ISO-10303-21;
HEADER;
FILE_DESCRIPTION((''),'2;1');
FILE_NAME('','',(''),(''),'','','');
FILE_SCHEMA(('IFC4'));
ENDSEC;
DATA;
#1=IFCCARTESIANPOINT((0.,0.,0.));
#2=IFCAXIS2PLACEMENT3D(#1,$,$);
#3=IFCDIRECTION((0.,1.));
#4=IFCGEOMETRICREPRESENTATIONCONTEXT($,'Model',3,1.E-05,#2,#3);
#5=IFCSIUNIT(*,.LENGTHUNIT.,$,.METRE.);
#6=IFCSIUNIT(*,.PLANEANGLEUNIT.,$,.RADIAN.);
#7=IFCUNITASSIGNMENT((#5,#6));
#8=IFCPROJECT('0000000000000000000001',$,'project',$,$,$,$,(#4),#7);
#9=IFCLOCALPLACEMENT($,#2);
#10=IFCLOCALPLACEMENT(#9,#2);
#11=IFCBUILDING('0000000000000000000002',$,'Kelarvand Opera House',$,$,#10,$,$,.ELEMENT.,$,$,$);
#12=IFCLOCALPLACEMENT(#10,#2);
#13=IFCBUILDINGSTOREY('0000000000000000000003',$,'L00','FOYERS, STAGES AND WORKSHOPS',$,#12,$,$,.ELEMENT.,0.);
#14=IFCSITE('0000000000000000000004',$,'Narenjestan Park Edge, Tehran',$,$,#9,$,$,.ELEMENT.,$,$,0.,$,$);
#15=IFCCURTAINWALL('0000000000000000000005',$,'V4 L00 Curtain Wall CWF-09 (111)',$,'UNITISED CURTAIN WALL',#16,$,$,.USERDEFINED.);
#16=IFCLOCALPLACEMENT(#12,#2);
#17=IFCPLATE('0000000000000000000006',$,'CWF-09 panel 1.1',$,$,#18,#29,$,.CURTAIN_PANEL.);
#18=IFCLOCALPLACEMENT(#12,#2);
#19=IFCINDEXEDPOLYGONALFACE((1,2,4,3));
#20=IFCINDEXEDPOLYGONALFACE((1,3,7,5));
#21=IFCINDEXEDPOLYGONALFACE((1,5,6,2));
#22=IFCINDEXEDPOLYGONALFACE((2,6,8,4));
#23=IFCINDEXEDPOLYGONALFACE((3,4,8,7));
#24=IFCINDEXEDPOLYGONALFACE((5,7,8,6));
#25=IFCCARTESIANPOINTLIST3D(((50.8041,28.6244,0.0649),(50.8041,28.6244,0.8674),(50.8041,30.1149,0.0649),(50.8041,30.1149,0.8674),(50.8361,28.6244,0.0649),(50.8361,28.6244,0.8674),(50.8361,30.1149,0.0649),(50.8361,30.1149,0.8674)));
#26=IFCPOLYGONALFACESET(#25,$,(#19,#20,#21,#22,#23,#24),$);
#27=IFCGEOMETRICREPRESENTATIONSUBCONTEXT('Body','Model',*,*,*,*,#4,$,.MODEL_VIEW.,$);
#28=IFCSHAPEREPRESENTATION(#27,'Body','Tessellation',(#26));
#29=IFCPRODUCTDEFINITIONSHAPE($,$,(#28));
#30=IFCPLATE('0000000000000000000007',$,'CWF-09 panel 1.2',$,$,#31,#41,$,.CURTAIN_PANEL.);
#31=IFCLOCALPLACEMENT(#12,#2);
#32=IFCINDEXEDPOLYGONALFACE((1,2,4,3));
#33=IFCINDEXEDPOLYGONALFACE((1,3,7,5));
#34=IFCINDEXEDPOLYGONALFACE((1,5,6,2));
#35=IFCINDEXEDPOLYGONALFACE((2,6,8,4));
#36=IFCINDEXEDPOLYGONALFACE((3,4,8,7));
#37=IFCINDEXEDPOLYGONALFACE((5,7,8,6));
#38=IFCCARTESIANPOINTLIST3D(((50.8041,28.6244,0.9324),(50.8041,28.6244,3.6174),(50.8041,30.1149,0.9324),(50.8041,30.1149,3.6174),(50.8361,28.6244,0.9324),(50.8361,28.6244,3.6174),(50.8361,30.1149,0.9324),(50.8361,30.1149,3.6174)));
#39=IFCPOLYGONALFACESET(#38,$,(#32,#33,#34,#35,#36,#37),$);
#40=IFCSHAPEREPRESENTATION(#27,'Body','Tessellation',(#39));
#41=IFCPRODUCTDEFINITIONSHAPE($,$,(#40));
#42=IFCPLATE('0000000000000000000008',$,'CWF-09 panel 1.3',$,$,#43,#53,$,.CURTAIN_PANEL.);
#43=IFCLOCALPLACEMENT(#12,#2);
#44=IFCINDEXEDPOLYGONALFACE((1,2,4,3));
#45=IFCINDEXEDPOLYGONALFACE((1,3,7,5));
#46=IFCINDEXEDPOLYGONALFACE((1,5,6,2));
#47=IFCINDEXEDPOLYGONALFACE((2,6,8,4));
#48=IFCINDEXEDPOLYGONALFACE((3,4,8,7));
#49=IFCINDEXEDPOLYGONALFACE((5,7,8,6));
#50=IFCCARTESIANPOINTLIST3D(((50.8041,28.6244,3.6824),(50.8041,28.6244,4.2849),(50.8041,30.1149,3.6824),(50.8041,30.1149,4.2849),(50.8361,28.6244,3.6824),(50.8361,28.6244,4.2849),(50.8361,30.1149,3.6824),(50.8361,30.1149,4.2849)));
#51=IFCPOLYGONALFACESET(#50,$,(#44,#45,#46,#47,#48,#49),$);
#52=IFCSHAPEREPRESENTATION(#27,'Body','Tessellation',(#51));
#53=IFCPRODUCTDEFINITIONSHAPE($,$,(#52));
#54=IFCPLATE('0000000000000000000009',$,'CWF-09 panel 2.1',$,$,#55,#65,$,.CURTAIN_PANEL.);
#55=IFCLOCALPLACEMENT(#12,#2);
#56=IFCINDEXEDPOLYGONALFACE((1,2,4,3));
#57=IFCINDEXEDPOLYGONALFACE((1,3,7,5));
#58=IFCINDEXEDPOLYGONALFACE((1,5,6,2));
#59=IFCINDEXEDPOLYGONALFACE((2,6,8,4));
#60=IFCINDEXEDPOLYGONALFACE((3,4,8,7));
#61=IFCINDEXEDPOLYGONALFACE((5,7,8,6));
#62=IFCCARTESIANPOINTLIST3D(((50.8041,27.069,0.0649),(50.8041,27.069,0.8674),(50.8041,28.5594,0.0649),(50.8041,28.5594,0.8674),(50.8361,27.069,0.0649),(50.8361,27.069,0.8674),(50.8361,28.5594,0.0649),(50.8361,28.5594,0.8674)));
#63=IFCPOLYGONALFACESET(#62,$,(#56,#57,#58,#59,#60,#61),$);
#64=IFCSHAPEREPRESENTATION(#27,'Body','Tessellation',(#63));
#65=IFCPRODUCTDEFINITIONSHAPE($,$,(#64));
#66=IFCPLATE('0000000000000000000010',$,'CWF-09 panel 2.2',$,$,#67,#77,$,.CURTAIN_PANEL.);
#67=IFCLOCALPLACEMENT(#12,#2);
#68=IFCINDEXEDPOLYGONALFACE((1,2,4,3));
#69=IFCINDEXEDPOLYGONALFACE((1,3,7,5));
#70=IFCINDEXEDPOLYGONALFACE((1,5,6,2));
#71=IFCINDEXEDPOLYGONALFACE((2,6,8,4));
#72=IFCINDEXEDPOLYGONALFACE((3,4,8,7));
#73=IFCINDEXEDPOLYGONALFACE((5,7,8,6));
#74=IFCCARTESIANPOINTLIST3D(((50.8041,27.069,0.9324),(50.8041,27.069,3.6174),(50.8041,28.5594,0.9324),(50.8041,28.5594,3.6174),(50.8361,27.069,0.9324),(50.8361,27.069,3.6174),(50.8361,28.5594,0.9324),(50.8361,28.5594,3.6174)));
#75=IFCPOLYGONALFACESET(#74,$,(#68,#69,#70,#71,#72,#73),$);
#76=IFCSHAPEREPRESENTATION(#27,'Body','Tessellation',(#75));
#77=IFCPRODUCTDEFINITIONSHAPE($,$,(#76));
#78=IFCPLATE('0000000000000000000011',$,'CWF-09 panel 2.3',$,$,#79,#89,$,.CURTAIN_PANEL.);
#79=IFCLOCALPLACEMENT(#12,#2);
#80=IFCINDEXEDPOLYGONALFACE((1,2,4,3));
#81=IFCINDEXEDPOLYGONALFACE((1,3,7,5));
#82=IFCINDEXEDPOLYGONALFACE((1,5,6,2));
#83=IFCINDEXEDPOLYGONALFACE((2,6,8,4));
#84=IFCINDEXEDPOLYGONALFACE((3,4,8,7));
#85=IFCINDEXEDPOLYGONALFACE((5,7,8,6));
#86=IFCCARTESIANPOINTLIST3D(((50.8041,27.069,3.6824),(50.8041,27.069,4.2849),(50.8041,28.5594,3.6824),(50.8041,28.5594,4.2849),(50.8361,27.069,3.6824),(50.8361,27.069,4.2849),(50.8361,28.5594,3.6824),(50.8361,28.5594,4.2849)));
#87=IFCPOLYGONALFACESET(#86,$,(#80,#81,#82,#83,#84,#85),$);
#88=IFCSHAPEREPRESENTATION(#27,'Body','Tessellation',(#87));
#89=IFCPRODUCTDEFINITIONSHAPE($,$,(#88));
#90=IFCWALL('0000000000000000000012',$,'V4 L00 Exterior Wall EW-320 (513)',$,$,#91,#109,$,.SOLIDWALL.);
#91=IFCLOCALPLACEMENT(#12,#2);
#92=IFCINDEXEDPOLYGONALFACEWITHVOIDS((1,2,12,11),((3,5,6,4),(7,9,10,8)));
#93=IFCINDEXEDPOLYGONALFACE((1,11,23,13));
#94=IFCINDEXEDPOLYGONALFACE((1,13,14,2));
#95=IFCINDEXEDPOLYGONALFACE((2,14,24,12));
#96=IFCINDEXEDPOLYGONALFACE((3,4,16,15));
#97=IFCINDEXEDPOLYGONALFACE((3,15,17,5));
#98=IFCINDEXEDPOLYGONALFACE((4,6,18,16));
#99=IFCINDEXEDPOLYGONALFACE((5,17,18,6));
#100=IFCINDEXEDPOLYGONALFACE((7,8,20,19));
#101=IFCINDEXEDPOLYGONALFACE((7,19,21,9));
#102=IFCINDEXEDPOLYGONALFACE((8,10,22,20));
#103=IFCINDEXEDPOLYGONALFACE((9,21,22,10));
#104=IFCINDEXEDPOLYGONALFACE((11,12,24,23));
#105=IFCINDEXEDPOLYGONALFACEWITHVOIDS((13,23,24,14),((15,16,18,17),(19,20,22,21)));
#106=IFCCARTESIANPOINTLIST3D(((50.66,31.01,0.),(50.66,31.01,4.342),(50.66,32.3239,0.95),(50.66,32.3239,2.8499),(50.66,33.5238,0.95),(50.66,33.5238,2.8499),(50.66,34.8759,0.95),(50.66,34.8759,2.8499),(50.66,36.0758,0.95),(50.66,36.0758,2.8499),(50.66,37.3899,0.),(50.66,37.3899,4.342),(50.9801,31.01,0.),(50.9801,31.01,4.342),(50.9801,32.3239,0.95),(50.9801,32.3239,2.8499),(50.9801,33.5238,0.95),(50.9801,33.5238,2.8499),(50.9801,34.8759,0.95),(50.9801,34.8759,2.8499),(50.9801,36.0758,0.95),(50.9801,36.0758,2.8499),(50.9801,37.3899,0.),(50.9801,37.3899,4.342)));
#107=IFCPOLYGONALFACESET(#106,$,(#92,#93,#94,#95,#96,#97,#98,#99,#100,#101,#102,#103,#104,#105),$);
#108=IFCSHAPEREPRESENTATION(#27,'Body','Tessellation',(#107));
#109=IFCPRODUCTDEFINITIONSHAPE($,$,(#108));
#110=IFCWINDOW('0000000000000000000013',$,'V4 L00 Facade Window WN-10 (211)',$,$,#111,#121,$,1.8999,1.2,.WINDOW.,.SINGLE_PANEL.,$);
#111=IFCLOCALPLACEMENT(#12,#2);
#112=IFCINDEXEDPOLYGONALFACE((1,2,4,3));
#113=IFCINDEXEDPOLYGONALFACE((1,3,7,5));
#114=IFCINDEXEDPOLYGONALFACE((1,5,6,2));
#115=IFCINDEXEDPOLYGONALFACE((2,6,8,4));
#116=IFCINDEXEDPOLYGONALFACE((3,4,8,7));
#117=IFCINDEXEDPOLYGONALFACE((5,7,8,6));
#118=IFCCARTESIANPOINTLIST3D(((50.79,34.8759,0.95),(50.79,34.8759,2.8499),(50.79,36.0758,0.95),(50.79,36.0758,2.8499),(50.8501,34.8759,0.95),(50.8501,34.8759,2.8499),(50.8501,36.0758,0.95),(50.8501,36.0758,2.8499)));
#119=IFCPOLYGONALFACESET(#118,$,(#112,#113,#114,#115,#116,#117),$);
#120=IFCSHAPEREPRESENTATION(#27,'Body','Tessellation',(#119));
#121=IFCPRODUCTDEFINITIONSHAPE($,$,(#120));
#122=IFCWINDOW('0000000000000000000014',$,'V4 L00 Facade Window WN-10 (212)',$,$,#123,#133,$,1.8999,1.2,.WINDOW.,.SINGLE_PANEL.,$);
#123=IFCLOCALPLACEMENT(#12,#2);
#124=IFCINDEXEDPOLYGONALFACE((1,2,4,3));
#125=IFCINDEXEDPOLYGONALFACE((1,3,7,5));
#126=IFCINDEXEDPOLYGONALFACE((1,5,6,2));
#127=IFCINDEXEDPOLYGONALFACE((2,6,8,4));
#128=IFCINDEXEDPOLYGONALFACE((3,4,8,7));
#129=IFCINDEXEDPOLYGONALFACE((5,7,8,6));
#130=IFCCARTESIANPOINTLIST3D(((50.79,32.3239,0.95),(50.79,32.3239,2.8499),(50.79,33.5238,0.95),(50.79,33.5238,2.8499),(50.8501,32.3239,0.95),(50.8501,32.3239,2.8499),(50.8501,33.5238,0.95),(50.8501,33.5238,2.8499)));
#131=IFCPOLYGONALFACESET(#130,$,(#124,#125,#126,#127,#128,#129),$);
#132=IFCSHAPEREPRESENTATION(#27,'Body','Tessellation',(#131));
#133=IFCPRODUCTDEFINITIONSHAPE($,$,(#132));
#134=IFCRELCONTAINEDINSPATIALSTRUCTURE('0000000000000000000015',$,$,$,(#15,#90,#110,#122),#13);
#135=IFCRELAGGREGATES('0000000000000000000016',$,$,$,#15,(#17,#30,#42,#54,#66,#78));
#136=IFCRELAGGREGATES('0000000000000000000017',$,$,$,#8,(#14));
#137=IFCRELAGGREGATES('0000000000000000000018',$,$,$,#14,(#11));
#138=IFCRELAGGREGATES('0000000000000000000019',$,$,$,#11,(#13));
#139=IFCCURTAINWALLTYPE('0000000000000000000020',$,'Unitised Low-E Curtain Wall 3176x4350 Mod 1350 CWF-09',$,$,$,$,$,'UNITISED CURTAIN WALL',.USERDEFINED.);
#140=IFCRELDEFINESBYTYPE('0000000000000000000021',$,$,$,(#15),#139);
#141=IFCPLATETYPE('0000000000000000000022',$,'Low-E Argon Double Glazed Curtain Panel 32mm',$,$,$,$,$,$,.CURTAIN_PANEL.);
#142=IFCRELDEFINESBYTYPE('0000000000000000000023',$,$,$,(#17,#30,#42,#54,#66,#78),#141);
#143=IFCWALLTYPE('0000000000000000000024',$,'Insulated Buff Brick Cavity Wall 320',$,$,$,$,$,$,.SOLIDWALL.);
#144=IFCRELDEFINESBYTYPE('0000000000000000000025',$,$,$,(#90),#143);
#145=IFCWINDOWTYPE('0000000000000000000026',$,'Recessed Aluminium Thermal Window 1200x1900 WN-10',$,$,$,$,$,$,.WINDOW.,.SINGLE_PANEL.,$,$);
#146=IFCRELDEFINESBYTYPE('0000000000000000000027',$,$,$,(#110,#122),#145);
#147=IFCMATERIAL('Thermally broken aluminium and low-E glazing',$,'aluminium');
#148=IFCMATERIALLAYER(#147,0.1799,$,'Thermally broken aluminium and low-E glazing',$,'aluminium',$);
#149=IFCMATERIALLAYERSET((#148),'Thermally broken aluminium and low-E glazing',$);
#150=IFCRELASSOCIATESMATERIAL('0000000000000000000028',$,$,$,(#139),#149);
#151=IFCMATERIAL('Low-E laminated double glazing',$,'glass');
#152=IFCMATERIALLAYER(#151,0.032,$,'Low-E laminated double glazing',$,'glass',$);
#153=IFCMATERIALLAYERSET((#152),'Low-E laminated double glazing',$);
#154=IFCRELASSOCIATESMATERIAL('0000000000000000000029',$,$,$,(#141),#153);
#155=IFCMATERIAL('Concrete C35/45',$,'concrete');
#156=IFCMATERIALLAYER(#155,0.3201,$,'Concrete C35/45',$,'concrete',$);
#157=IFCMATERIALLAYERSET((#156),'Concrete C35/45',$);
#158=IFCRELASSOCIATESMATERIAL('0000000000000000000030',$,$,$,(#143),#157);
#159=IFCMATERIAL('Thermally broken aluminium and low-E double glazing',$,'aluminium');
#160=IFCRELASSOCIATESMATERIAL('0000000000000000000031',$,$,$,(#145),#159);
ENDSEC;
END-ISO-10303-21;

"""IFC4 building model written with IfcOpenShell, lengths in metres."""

from ifc_helpers import new_model, si_unit, direction, frame, frame_2d, origin, origin_2d, place, context, subcontext, project, spatial, rectangle, extrude, material, layer, layer_set, type_object, element, fill, aggregate, save


model = new_model("IFC4")

# Units and contexts
model_context = context("Model", 3, precision=1e-05, world=origin(), true_north=direction((0.0, 1.0)))
body_context = subcontext(model_context, "Body", "Model", "MODEL_VIEW")
ifc_project = project(units=[si_unit("LENGTHUNIT", "METRE"), si_unit("PLANEANGLEUNIT", "RADIAN")], contexts=[model_context])

# Site, building, storey
site_placement = place(None, origin())
site = spatial("IfcSite", under=ifc_project, at=site_placement, Name="Narenjestan Park Edge, Tehran", CompositionType="ELEMENT", RefElevation=0.0)
building_placement = place(site_placement, origin())
building = spatial("IfcBuilding", under=site, at=building_placement, Name="Kelarvand Opera House", CompositionType="ELEMENT")
storey_placement = place(building_placement, origin())
storey = spatial("IfcBuildingStorey", under=building, at=storey_placement, Name="L00", Description="FOYERS, STAGES AND WORKSHOPS", CompositionType="ELEMENT", Elevation=0.0)

# Curtain wall
ifc_material_1 = material(Name="Thermally broken aluminium and low-E glazing", Category="aluminium")
ifc_layer_1 = layer(ifc_material_1, 0.1799, Name="Thermally broken aluminium and low-E glazing", Category="aluminium")
ifc_layer_set_1 = layer_set([ifc_layer_1], Name="Thermally broken aluminium and low-E glazing")
curtain_wall_type = type_object("IfcCurtainWallType", Name="Unitised Low-E Curtain Wall 3176x4350 Mod 1350 CWF-09", ElementType="UNITISED CURTAIN WALL", PredefinedType="USERDEFINED", material=ifc_layer_set_1)
curtain_wall_1_placement = place(storey_placement, origin())
curtain_wall_1 = element("IfcCurtainWall", 1, at=curtain_wall_1_placement, inside=storey, type_object=curtain_wall_type, Name="V4 L00 Curtain Wall CWF-09 (111)", ObjectType="UNITISED CURTAIN WALL", PredefinedType="USERDEFINED")

# Plates
ifc_material_2 = material(Name="Low-E laminated double glazing", Category="glass")
ifc_layer_2 = layer(ifc_material_2, 0.032, Name="Low-E laminated double glazing", Category="glass")
ifc_layer_set_2 = layer_set([ifc_layer_2], Name="Low-E laminated double glazing")
plate_type = type_object("IfcPlateType", Name="Low-E Argon Double Glazed Curtain Panel 32mm", PredefinedType="CURTAIN_PANEL", material=ifc_layer_set_2)
plate_1_placement = place(storey_placement, frame((50.8201, 29.3696, 0.0649), z_axis=(0.0, 0.0, 1.0), x_axis=(0.0, -1.0, 0.0)))
plate_1 = element("IfcPlate", 2, at=plate_1_placement, type_object=plate_type, Name="CWF-09 panel 1.1", PredefinedType="CURTAIN_PANEL", context=body_context, shape_type="SweptSolid", body=[
    extrude(rectangle(XDim=1.4905, YDim=0.032, at=origin_2d()), origin(), (0.0, 0.0, 1.0), 0.8025),
])
plate_2_placement = place(storey_placement, frame((50.8201, 29.3696, 0.9324), z_axis=(0.0, 0.0, 1.0), x_axis=(0.0, -1.0, 0.0)))
plate_2 = element("IfcPlate", 3, at=plate_2_placement, type_object=plate_type, Name="CWF-09 panel 1.2", PredefinedType="CURTAIN_PANEL", context=body_context, shape_type="SweptSolid", body=[
    extrude(rectangle(XDim=1.4905, YDim=0.032, at=origin_2d()), origin(), (0.0, 0.0, 1.0), 2.6851),
])
plate_3_placement = place(storey_placement, frame((50.8201, 29.3696, 3.6824), z_axis=(0.0, 0.0, 1.0), x_axis=(0.0, -1.0, 0.0)))
plate_3 = element("IfcPlate", 4, at=plate_3_placement, type_object=plate_type, Name="CWF-09 panel 1.3", PredefinedType="CURTAIN_PANEL", context=body_context, shape_type="SweptSolid", body=[
    extrude(rectangle(XDim=1.4905, YDim=0.032, at=origin_2d()), origin(), (0.0, 0.0, 1.0), 0.6025),
])
plate_4_placement = place(storey_placement, frame((50.8201, 27.8142, 0.0649), z_axis=(0.0, 0.0, 1.0), x_axis=(0.0, -1.0, 0.0)))
plate_4 = element("IfcPlate", 5, at=plate_4_placement, type_object=plate_type, Name="CWF-09 panel 2.1", PredefinedType="CURTAIN_PANEL", context=body_context, shape_type="SweptSolid", body=[
    extrude(rectangle(XDim=1.4905, YDim=0.032, at=origin_2d()), origin(), (0.0, 0.0, 1.0), 0.8025),
])
plate_5_placement = place(storey_placement, frame((50.8201, 27.8142, 0.9324), z_axis=(0.0, 0.0, 1.0), x_axis=(0.0, -1.0, 0.0)))
plate_5 = element("IfcPlate", 6, at=plate_5_placement, type_object=plate_type, Name="CWF-09 panel 2.2", PredefinedType="CURTAIN_PANEL", context=body_context, shape_type="SweptSolid", body=[
    extrude(rectangle(XDim=1.4905, YDim=0.032, at=origin_2d()), origin(), (0.0, 0.0, 1.0), 2.6851),
])
plate_6_placement = place(storey_placement, frame((50.8201, 27.8142, 3.6824), z_axis=(0.0, 0.0, 1.0), x_axis=(0.0, -1.0, 0.0)))
plate_6 = element("IfcPlate", 7, at=plate_6_placement, type_object=plate_type, Name="CWF-09 panel 2.3", PredefinedType="CURTAIN_PANEL", context=body_context, shape_type="SweptSolid", body=[
    extrude(rectangle(XDim=1.4905, YDim=0.032, at=origin_2d()), origin(), (0.0, 0.0, 1.0), 0.6025),
])
aggregate(curtain_wall_1, [plate_1, plate_2, plate_3, plate_4, plate_5, plate_6])

# Wall, openings, windows
ifc_material_3 = material(Name="Concrete C35/45", Category="concrete")
ifc_layer_3 = layer(ifc_material_3, 0.3201, Name="Concrete C35/45", Category="concrete")
ifc_layer_set_3 = layer_set([ifc_layer_3], Name="Concrete C35/45")
wall_type = type_object("IfcWallType", Name="Insulated Buff Brick Cavity Wall 320", PredefinedType="SOLIDWALL", material=ifc_layer_set_3)
wall_placement = place(storey_placement, frame((50.8201, 37.3899, 0.0), z_axis=(0.0, 0.0, 1.0), x_axis=(0.0, -1.0, 0.0)))
wall = element("IfcWall", 8, at=wall_placement, inside=storey, type_object=wall_type, Name="V4 L00 Exterior Wall EW-320 (513)", PredefinedType="SOLIDWALL", context=body_context, shape_type="SweptSolid", body=[
    extrude(rectangle(XDim=6.3799, YDim=0.3201, at=frame_2d((3.1899, 0.0))), origin(), (0.0, 0.0, 1.0), 4.342),
])
opening_1_placement = place(wall_placement, frame((1.314, 0.0, 0.95)))
opening_1 = element("IfcOpeningElement", 9, at=opening_1_placement, cuts=wall, PredefinedType="OPENING", context=body_context, shape_type="SweptSolid", body=[
    extrude(rectangle(XDim=1.2, YDim=1.8999, at=frame_2d((0.6001, 0.95))), frame((0.0, 0.1699, 0.0), z_axis=(0.0, -1.0, 0.0), x_axis=(1.0, 0.0, 0.0)), (0.0, 0.0, 1.0), 0.3401),
])
opening_2_placement = place(wall_placement, frame((3.866, 0.0, 0.95)))
opening_2 = element("IfcOpeningElement", 10, at=opening_2_placement, cuts=wall, PredefinedType="OPENING", context=body_context, shape_type="SweptSolid", body=[
    extrude(rectangle(XDim=1.2, YDim=1.8999, at=frame_2d((0.6001, 0.95))), frame((0.0, 0.1699, 0.0), z_axis=(0.0, -1.0, 0.0), x_axis=(1.0, 0.0, 0.0)), (0.0, 0.0, 1.0), 0.3401),
])
ifc_material_4 = material(Name="Thermally broken aluminium and low-E double glazing", Category="aluminium")
window_type = type_object("IfcWindowType", Name="Recessed Aluminium Thermal Window 1200x1900 WN-10", PartitioningType="SINGLE_PANEL", PredefinedType="WINDOW", material=ifc_material_4)
window_1_placement = place(opening_1_placement, origin())
window_1 = element("IfcWindow", 11, at=window_1_placement, inside=storey, type_object=window_type, Name="V4 L00 Facade Window WN-10 (211)", OverallHeight=1.8999, OverallWidth=1.2, PartitioningType="SINGLE_PANEL", PredefinedType="WINDOW", context=body_context, shape_type="SweptSolid", body=[
    extrude(rectangle(XDim=1.2, YDim=1.8999, at=frame_2d((0.6001, 0.95))), frame((0.0, 0.03, 0.0), z_axis=(0.0, -1.0, 0.0), x_axis=(1.0, 0.0, 0.0)), (0.0, 0.0, 1.0), 0.0601),
])
fill(opening_1, window_1)
window_2_placement = place(opening_2_placement, origin())
window_2 = element("IfcWindow", 12, at=window_2_placement, inside=storey, type_object=window_type, Name="V4 L00 Facade Window WN-10 (212)", OverallHeight=1.8999, OverallWidth=1.2, PartitioningType="SINGLE_PANEL", PredefinedType="WINDOW", context=body_context, shape_type="SweptSolid", body=[
    extrude(rectangle(XDim=1.2, YDim=1.8999, at=frame_2d((0.6001, 0.95))), frame((0.0, 0.03, 0.0), z_axis=(0.0, -1.0, 0.0), x_axis=(1.0, 0.0, 0.0)), (0.0, 0.0, 1.0), 0.0601),
])
fill(opening_2, window_2)

save(model, "model.ifc")
